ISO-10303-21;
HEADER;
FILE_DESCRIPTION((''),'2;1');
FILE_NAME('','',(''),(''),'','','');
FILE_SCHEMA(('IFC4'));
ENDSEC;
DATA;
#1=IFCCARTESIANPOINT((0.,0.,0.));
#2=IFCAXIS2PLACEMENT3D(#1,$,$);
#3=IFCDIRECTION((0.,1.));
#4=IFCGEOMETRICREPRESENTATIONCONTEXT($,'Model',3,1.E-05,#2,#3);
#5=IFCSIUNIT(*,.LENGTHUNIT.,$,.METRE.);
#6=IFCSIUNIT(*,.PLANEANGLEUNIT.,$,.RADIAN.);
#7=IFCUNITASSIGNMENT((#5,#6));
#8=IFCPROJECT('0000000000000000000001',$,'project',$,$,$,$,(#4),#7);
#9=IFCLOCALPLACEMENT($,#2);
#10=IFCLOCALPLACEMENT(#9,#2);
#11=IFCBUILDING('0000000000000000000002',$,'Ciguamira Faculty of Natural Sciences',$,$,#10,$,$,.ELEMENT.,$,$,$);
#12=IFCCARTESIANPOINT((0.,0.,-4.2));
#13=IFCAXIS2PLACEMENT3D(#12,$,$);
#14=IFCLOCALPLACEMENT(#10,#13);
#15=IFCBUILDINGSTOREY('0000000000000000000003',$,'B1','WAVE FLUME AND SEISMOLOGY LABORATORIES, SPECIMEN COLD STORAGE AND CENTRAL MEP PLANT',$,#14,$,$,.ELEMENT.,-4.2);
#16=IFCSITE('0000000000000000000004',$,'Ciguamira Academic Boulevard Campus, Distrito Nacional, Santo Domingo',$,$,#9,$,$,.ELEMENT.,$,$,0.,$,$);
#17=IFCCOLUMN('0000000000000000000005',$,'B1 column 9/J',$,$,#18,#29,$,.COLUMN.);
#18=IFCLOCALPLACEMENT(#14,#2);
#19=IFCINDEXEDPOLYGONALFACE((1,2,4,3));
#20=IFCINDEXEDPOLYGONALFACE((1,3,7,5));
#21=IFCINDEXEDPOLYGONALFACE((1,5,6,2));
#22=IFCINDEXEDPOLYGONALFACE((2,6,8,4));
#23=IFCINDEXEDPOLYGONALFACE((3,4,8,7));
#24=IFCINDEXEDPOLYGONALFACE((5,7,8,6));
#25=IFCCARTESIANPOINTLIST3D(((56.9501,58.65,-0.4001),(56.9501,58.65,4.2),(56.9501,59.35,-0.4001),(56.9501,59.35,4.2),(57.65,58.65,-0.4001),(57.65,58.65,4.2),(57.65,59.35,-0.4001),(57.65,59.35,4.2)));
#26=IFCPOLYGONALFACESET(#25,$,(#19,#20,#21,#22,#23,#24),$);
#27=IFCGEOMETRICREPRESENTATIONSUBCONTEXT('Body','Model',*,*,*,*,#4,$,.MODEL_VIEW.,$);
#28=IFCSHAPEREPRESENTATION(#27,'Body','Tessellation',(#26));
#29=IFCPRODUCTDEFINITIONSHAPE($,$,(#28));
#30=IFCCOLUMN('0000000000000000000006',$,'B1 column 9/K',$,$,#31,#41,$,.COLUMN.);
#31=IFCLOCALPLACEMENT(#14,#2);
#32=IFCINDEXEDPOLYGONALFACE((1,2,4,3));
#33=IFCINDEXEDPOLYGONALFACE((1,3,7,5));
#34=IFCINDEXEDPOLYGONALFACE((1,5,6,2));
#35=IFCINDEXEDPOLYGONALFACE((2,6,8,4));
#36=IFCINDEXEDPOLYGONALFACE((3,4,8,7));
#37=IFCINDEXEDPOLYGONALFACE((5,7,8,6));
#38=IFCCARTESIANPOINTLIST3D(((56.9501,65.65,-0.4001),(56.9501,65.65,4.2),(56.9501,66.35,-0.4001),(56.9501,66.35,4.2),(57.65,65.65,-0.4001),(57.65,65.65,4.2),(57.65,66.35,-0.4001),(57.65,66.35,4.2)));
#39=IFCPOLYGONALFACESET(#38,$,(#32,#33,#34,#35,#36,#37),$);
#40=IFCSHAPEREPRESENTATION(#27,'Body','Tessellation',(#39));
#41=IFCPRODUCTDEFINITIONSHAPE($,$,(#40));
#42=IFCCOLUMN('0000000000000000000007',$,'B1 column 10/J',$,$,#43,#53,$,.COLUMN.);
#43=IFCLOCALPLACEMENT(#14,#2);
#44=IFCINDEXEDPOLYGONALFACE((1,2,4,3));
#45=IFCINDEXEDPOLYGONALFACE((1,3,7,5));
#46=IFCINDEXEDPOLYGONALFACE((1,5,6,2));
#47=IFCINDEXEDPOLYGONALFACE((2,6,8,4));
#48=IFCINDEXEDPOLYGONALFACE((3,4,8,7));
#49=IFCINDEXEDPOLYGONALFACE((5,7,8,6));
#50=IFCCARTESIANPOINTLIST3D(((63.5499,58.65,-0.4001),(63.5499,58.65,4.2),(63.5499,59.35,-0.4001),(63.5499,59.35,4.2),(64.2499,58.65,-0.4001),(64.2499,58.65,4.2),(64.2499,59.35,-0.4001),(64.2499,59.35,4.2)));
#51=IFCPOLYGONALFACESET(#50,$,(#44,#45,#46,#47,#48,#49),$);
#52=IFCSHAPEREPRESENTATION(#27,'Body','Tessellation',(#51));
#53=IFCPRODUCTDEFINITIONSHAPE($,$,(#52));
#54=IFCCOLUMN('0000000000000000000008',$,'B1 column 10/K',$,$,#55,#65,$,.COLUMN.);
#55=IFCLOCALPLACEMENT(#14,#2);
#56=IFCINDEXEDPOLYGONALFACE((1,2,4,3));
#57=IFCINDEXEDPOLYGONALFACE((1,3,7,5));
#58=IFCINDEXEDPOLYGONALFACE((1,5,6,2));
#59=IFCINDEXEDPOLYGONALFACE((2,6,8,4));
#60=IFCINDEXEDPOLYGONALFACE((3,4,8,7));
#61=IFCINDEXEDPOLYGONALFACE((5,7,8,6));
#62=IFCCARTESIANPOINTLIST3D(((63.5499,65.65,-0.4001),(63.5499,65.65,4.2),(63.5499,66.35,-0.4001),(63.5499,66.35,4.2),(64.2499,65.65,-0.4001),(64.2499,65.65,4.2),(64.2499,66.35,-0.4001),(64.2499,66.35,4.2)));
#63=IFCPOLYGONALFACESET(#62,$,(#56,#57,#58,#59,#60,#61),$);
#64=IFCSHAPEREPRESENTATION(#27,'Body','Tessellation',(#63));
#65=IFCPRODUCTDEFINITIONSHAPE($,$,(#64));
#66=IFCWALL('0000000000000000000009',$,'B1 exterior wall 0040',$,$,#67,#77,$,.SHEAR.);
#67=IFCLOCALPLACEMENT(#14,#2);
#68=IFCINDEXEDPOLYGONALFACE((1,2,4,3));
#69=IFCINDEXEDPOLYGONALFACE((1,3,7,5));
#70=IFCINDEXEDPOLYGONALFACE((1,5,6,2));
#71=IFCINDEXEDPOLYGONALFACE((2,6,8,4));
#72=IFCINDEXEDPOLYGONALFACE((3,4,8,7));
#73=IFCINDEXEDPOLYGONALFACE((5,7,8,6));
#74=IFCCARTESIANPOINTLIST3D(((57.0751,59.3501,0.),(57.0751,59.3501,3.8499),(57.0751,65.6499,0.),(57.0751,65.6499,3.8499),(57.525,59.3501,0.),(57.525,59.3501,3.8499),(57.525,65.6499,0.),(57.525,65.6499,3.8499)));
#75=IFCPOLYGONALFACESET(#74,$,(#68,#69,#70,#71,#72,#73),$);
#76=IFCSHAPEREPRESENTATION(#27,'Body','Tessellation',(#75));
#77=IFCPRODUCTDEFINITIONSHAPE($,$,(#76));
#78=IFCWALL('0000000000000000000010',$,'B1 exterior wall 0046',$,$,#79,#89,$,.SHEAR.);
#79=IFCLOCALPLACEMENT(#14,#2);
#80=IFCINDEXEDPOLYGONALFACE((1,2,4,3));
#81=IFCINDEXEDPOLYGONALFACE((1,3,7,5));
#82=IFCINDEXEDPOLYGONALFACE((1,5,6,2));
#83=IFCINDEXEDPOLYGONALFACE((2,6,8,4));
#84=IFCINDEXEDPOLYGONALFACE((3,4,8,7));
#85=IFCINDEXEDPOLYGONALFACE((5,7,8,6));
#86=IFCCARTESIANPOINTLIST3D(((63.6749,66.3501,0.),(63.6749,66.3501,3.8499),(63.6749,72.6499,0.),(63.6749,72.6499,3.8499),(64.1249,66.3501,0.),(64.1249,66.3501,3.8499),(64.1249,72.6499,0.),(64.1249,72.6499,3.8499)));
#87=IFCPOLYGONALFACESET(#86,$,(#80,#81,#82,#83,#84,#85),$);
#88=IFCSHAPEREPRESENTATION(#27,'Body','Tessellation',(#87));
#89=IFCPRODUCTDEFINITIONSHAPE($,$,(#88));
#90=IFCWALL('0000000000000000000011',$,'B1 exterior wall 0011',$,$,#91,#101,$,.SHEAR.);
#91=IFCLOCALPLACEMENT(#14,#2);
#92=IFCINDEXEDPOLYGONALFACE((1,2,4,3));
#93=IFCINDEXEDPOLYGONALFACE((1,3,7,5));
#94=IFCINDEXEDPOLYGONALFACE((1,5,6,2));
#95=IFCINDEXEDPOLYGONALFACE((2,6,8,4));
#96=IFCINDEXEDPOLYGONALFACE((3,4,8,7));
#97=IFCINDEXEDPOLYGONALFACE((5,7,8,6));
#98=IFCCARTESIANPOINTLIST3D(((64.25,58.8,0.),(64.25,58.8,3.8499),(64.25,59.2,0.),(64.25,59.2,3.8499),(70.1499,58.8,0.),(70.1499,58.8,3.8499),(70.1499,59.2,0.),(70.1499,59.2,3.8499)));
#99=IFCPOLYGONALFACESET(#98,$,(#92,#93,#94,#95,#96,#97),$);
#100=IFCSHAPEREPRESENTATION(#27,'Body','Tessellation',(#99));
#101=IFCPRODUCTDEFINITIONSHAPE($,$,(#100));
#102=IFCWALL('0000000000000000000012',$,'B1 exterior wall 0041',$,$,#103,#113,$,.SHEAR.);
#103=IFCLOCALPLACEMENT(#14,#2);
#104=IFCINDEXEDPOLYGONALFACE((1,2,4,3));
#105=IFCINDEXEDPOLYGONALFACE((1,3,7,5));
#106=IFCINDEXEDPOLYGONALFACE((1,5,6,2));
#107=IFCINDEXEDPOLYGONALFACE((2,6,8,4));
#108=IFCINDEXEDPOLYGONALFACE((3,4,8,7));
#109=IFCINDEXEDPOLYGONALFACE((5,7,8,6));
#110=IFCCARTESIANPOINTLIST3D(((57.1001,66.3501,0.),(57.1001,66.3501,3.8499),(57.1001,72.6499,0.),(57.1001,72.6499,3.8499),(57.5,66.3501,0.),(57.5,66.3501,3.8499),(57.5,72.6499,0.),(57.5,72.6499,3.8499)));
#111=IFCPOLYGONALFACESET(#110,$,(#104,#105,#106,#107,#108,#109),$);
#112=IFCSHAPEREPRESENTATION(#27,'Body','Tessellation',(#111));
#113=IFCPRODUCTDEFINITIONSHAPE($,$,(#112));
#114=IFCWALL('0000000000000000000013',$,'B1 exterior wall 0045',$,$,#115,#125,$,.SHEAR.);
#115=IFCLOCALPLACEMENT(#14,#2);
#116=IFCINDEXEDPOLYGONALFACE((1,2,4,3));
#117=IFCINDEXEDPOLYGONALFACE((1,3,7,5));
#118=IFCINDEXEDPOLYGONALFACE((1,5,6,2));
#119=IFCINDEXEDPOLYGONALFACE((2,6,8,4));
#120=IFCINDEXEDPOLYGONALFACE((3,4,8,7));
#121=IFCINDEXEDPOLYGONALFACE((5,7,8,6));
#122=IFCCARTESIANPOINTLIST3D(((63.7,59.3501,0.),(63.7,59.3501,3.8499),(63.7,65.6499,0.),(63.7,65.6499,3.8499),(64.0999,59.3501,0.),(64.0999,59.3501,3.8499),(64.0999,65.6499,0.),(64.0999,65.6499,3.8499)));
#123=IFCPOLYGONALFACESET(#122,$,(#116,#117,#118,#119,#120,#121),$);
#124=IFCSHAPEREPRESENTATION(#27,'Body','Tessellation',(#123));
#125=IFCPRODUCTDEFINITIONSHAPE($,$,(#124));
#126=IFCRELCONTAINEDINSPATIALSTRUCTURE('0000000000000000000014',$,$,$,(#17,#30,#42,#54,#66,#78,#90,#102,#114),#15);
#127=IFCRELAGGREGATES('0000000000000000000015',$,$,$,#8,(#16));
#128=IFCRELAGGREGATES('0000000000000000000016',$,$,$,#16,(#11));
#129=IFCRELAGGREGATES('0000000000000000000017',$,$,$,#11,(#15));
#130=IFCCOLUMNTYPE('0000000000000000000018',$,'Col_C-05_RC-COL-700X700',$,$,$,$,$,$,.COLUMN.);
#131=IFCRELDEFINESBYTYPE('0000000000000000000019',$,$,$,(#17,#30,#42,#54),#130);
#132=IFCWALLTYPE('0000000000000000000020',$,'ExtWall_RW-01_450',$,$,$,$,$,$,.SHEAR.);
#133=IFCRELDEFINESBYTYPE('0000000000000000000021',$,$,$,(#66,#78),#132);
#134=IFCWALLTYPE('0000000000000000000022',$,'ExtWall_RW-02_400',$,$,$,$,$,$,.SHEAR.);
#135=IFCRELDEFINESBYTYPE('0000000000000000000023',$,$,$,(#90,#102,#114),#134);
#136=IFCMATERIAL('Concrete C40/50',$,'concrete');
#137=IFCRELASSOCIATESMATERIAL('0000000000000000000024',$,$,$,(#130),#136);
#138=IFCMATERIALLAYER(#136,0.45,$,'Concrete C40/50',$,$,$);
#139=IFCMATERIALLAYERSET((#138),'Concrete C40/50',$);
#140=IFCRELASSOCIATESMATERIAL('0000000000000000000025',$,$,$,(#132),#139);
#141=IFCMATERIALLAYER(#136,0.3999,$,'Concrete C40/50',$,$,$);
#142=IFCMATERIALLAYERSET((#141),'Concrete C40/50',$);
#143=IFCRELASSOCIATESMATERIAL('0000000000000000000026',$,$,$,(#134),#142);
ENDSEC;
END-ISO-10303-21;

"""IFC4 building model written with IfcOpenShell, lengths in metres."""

from ifc_helpers import new_model, si_unit, direction, frame, frame_2d, origin, origin_2d, place, context, subcontext, project, spatial, rectangle, extrude, material, layer, layer_set, material_profile, profile_set, type_object, element, save


model = new_model("IFC4")

# Units and contexts
model_context = context("Model", 3, precision=1e-05, world=origin(), true_north=direction((0.0, 1.0)))
body_context = subcontext(model_context, "Body", "Model", "MODEL_VIEW")
ifc_project = project(units=[si_unit("LENGTHUNIT", "METRE"), si_unit("PLANEANGLEUNIT", "RADIAN")], contexts=[model_context])

# Site, building, storey
site_placement = place(None, origin())
site = spatial("IfcSite", under=ifc_project, at=site_placement, Name="Ciguamira Academic Boulevard Campus, Distrito Nacional, Santo Domingo", CompositionType="ELEMENT", RefElevation=0.0)
building_placement = place(site_placement, origin())
building = spatial("IfcBuilding", under=site, at=building_placement, Name="Ciguamira Faculty of Natural Sciences", CompositionType="ELEMENT")
storey_placement = place(building_placement, frame((0.0, 0.0, -4.2)))
storey = spatial("IfcBuildingStorey", under=building, at=storey_placement, Name="B1", Description="WAVE FLUME AND SEISMOLOGY LABORATORIES, SPECIMEN COLD STORAGE AND CENTRAL MEP PLANT", CompositionType="ELEMENT", Elevation=-4.2)

# Columns
ifc_material_1 = material(Name="Concrete C40/50", Category="concrete")
ifc_material_profile_1 = material_profile(ifc_material_1, rectangle(XDim=0.7, YDim=0.7, at=origin_2d()), Name="RC-COL-700X700")
ifc_profile_set_1 = profile_set([ifc_material_profile_1], Name="Concrete C40/50")
column_type = type_object("IfcColumnType", Name="Col_C-05_RC-COL-700X700", PredefinedType="COLUMN", material=ifc_profile_set_1)
for number, where, z_axis, x_axis, name in (
    (1, (57.3, 59.0, -0.4001), (0.0, 0.0, 1.0), (1.0, 0.0, 0.0), "B1 column 9/J"),
    (2, (57.3, 66.0, -0.4001), (0.0, 0.0, 1.0), (1.0, 0.0, 0.0), "B1 column 9/K"),
    (3, (63.8999, 59.0, -0.4001), (0.0, 0.0, 1.0), (1.0, 0.0, 0.0), "B1 column 10/J"),
    (4, (63.8999, 66.0, -0.4001), (0.0, 0.0, 1.0), (1.0, 0.0, 0.0), "B1 column 10/K"),
):
    element("IfcColumn", number, at=place(storey_placement, frame(where, z_axis=z_axis, x_axis=x_axis)), inside=storey, type_object=column_type, Name=name, PredefinedType="COLUMN", context=body_context, shape_type="SweptSolid", body=[
        extrude(rectangle(XDim=0.7, YDim=0.7, at=origin_2d()), origin(), (0.0, 0.0, 1.0), 4.6001),
    ])

# Walls
ifc_layer_1 = layer(ifc_material_1, 0.45, Name="Concrete C40/50")
ifc_layer_set_1 = layer_set([ifc_layer_1], Name="Concrete C40/50")
wall_type_1 = type_object("IfcWallType", Name="ExtWall_RW-01_450", PredefinedType="SHEAR", material=ifc_layer_set_1)
for number, where, z_axis, x_axis, name in (
    (5, (57.3, 59.3501, 0.0), (0.0, 0.0, 1.0), (0.0, 1.0, 0.0), "B1 exterior wall 0040"),
    (6, (63.8999, 66.3501, 0.0), (0.0, 0.0, 1.0), (0.0, 1.0, 0.0), "B1 exterior wall 0046"),
):
    element("IfcWall", number, at=place(storey_placement, frame(where, z_axis=z_axis, x_axis=x_axis)), inside=storey, type_object=wall_type_1, Name=name, PredefinedType="SHEAR", context=body_context, shape_type="SweptSolid", body=[
        extrude(rectangle(XDim=6.2998, YDim=0.45, at=frame_2d((3.1499, 0.0))), origin(), (0.0, 0.0, 1.0), 3.8499),
    ])
ifc_layer_2 = layer(ifc_material_1, 0.3999, Name="Concrete C40/50")
ifc_layer_set_2 = layer_set([ifc_layer_2], Name="Concrete C40/50")
wall_type_2 = type_object("IfcWallType", Name="ExtWall_RW-02_400", PredefinedType="SHEAR", material=ifc_layer_set_2)
wall_placement = place(storey_placement, frame((64.25, 59.0, 0.0), z_axis=(0.0, 0.0, 1.0), x_axis=(1.0, 0.0, 0.0)))
element("IfcWall", 7, at=wall_placement, inside=storey, type_object=wall_type_2, Name="B1 exterior wall 0011", PredefinedType="SHEAR", context=body_context, shape_type="SweptSolid", body=[
    extrude(rectangle(XDim=5.8999, YDim=0.3999, at=frame_2d((2.95, 0.0))), origin(), (0.0, 0.0, 1.0), 3.8499),
])
for number, where, z_axis, x_axis, name in (
    (8, (57.3, 66.3501, 0.0), (0.0, 0.0, 1.0), (0.0, 1.0, 0.0), "B1 exterior wall 0041"),
    (9, (63.8999, 59.3501, 0.0), (0.0, 0.0, 1.0), (0.0, 1.0, 0.0), "B1 exterior wall 0045"),
):
    element("IfcWall", number, at=place(storey_placement, frame(where, z_axis=z_axis, x_axis=x_axis)), inside=storey, type_object=wall_type_2, Name=name, PredefinedType="SHEAR", context=body_context, shape_type="SweptSolid", body=[
        extrude(rectangle(XDim=6.2998, YDim=0.3999, at=frame_2d((3.1499, 0.0))), origin(), (0.0, 0.0, 1.0), 3.8499),
    ])

save(model, "model.ifc")
